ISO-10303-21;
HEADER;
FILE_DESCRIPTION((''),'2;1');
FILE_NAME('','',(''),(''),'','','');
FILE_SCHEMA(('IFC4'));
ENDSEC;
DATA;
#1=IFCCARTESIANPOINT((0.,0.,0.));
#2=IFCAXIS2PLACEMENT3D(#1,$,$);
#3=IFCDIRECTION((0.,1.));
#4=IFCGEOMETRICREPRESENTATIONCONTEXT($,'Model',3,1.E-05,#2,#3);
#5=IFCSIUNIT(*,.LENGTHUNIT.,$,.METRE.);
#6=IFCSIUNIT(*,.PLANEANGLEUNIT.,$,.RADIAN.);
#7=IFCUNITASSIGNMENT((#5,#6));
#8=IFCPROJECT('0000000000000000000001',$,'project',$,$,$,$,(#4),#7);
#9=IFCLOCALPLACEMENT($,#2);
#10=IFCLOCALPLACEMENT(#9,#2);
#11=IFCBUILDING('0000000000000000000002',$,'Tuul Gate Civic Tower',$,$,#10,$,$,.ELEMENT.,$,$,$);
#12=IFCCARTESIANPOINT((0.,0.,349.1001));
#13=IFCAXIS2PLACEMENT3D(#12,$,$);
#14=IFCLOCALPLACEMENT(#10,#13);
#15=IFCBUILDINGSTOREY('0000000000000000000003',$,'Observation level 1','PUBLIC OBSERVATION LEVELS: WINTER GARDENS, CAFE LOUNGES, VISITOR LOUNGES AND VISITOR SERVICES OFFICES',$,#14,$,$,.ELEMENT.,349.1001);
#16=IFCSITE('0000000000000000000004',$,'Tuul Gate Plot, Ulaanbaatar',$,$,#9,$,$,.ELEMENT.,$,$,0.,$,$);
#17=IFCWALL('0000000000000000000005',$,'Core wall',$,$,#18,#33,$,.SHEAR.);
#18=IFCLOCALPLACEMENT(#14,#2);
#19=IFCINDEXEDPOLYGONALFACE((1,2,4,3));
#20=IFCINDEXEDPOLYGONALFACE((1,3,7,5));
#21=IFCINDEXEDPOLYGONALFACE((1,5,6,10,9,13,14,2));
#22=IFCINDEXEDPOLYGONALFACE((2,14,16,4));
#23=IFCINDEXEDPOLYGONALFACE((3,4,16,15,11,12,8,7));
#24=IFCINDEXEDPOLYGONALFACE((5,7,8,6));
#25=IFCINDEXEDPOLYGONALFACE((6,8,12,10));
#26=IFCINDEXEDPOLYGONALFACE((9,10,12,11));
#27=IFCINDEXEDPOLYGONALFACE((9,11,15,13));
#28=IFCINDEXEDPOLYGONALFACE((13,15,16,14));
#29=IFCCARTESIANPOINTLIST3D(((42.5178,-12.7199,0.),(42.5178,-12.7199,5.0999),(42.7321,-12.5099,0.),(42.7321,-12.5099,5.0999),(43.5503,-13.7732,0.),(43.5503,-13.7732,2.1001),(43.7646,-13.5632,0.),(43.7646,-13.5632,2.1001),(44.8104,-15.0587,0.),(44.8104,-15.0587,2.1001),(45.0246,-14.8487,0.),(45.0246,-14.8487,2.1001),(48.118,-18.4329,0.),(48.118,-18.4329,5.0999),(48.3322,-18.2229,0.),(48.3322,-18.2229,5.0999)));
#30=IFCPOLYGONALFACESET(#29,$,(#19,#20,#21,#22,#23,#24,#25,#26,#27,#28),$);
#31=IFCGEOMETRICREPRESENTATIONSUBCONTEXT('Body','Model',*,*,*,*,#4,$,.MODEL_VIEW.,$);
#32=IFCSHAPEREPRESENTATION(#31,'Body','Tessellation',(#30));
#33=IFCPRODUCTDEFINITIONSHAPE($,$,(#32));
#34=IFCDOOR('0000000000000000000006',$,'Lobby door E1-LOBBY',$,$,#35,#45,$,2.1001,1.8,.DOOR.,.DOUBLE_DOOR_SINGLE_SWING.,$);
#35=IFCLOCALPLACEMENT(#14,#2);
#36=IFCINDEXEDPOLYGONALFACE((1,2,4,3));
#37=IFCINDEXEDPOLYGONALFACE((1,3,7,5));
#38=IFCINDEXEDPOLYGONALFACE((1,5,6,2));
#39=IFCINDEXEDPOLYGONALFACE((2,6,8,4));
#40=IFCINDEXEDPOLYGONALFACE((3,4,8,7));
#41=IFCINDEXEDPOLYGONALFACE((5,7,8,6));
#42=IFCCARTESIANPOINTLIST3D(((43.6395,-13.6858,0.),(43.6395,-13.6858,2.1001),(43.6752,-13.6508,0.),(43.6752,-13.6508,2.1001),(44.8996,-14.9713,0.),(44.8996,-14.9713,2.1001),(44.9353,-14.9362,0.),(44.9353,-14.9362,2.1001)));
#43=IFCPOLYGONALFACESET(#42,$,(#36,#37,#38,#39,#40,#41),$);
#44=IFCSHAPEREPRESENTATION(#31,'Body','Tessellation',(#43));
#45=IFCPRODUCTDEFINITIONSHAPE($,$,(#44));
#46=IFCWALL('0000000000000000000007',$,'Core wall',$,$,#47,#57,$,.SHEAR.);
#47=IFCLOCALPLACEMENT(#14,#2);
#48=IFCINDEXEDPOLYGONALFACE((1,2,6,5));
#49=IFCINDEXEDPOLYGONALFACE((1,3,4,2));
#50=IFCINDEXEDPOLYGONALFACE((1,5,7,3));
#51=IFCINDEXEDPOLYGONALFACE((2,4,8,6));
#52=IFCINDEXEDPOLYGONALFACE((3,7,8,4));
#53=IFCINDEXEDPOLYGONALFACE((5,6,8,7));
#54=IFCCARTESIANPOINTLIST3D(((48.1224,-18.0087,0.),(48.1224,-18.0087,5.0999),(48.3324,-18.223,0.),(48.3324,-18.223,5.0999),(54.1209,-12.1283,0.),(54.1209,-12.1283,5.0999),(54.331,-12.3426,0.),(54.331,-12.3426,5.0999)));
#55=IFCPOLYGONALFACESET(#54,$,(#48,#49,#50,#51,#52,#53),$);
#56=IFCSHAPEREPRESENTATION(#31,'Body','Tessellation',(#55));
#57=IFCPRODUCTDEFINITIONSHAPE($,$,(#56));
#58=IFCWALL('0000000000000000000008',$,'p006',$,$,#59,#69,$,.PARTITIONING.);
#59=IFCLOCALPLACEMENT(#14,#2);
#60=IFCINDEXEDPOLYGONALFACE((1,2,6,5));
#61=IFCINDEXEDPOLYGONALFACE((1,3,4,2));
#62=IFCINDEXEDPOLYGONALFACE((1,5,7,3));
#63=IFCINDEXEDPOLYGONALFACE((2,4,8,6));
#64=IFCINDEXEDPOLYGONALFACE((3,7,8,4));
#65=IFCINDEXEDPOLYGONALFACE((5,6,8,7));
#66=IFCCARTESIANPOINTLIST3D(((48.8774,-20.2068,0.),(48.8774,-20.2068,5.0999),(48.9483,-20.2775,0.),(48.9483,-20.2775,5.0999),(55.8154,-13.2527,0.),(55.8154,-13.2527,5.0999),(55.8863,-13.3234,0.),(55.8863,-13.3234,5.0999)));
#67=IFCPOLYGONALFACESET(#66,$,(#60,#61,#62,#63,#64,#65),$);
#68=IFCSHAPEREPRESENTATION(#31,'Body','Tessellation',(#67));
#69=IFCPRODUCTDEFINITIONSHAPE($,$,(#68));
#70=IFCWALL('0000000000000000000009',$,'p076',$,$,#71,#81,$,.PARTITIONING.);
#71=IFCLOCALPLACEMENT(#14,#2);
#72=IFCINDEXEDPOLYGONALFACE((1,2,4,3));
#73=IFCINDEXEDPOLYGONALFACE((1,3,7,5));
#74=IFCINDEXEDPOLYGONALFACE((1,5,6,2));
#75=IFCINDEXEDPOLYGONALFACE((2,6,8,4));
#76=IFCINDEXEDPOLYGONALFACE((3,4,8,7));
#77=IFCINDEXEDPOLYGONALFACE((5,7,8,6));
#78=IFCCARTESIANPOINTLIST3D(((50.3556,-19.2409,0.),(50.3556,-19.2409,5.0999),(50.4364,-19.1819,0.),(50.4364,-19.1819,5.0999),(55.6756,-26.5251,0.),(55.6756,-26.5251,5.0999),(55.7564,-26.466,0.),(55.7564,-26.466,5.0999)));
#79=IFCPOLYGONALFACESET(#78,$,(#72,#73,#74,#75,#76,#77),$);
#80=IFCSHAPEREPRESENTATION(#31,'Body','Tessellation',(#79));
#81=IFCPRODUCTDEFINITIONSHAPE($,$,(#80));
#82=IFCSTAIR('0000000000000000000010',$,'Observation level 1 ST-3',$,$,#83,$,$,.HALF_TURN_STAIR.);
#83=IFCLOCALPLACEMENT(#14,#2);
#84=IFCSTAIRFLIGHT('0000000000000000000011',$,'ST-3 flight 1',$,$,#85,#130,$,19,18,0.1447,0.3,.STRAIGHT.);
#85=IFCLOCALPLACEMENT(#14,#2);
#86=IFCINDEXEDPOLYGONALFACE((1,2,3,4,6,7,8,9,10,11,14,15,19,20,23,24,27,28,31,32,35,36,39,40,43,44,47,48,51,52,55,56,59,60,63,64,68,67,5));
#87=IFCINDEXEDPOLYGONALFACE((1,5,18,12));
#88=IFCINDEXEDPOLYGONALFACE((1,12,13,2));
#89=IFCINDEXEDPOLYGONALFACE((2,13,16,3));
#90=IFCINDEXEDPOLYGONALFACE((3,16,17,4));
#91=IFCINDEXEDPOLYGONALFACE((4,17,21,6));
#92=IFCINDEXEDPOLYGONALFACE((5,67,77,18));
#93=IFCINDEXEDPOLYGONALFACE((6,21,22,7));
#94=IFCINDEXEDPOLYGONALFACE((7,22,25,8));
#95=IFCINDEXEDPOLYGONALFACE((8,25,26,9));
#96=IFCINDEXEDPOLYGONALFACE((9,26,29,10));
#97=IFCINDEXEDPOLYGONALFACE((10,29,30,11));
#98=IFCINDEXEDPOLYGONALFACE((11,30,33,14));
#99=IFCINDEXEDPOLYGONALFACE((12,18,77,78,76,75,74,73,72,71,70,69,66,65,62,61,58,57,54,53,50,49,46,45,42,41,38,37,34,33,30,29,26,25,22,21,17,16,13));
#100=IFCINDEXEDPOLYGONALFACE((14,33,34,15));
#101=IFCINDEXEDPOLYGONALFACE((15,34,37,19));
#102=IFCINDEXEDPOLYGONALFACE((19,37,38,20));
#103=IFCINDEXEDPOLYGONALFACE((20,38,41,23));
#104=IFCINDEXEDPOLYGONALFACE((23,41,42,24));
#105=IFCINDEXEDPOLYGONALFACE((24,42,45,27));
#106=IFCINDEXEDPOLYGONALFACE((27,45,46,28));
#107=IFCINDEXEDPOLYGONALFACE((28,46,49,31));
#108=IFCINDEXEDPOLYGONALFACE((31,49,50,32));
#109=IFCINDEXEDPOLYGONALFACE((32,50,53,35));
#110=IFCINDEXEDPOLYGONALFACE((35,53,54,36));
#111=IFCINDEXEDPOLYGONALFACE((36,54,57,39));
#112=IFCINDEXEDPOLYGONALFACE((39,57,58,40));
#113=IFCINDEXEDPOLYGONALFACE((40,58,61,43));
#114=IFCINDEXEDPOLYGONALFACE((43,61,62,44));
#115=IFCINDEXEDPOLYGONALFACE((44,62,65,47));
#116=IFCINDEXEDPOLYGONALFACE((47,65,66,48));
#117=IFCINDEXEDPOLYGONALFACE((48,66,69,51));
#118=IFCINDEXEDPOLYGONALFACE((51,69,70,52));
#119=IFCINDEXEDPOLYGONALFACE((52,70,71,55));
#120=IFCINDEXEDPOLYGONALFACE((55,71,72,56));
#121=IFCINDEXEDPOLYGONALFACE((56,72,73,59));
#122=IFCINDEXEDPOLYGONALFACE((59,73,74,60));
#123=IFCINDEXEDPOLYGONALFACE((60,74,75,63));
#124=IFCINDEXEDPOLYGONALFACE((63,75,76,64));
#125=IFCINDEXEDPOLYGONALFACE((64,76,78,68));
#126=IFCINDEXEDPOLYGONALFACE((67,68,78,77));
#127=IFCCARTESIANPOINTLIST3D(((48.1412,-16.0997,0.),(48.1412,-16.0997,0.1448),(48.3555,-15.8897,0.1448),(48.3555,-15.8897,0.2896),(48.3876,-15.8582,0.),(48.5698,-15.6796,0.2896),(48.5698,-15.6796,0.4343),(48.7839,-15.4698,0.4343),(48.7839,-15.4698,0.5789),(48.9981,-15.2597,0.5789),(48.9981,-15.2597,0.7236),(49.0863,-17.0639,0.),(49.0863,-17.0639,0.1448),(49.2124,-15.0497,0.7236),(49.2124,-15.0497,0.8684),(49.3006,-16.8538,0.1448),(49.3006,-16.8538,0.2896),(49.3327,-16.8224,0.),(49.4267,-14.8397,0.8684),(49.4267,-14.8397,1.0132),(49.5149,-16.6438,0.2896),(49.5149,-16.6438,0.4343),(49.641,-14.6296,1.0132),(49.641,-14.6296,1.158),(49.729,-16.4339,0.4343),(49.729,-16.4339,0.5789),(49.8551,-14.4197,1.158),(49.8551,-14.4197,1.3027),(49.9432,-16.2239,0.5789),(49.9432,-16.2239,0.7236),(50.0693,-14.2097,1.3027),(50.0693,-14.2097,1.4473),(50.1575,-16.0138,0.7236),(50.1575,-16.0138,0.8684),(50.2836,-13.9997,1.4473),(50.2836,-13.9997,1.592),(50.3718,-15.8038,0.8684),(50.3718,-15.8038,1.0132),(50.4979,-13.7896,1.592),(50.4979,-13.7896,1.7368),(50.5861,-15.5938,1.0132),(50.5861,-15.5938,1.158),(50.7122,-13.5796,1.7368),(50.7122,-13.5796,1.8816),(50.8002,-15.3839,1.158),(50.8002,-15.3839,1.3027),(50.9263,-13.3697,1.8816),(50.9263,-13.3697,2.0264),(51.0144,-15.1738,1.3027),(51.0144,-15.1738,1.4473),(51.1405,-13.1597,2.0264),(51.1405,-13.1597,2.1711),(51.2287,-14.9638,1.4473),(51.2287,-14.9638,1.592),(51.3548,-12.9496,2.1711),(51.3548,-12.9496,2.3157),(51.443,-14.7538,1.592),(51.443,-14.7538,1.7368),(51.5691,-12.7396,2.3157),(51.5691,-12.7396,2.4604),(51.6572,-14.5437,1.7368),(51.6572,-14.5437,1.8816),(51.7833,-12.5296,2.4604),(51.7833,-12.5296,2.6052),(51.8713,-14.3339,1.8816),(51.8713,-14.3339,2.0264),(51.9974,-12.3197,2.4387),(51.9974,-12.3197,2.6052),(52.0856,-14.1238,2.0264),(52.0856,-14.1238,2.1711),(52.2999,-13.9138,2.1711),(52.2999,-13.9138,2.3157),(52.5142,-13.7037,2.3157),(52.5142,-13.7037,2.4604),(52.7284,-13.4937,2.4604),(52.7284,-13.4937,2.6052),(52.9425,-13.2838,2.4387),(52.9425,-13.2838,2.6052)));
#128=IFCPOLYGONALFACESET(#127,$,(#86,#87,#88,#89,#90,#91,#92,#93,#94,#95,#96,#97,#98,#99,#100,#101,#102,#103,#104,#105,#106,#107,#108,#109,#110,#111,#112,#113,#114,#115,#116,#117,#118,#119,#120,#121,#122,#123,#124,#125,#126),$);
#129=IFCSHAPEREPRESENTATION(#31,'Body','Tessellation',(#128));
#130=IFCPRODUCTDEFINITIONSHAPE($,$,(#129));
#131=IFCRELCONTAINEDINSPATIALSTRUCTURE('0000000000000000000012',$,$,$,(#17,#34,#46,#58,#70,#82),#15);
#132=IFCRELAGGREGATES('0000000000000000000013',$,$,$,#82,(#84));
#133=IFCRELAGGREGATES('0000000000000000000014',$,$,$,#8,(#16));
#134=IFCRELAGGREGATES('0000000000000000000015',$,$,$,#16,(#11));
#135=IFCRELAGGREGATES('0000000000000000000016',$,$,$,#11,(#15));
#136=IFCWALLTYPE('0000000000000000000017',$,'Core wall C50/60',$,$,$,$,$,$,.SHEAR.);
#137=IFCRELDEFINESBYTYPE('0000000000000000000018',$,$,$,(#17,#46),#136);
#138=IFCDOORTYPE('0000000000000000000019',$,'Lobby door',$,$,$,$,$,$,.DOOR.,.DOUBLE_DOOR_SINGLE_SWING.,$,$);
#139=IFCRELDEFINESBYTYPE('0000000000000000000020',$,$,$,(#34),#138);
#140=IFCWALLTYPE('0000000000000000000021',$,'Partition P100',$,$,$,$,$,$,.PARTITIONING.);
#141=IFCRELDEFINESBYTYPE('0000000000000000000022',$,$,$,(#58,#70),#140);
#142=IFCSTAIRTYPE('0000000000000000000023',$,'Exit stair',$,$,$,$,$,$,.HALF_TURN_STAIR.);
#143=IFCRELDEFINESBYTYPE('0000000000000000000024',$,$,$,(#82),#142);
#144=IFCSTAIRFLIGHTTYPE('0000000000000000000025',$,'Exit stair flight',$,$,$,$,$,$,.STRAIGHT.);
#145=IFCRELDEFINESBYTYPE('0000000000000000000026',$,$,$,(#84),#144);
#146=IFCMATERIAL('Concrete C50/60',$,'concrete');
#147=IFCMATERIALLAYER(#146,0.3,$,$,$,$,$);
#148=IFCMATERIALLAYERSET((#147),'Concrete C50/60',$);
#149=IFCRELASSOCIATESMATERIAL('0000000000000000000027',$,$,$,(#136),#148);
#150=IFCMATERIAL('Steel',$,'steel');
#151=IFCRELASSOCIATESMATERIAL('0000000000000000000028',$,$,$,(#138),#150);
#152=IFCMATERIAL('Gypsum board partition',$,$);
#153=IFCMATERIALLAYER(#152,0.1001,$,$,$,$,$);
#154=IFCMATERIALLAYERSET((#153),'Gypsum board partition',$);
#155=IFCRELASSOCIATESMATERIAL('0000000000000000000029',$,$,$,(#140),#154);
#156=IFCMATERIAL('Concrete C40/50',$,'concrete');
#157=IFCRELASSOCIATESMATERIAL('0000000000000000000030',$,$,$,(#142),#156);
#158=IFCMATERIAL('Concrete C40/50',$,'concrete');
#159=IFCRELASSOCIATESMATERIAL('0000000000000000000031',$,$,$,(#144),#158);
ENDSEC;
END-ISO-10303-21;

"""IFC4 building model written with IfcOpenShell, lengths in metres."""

from ifc_helpers import new_model, si_unit, direction, frame, frame_2d, origin, place, context, subcontext, project, spatial, polyline, rectangle, outline, extrude, material, layer, layer_set, type_object, element, fill, aggregate, save


model = new_model("IFC4")

# Units and contexts
model_context = context("Model", 3, precision=1e-05, world=origin(), true_north=direction((0.0, 1.0)))
body_context = subcontext(model_context, "Body", "Model", "MODEL_VIEW")
ifc_project = project(units=[si_unit("LENGTHUNIT", "METRE"), si_unit("PLANEANGLEUNIT", "RADIAN")], contexts=[model_context])

# Site, building, storey
site_placement = place(None, origin())
site = spatial("IfcSite", under=ifc_project, at=site_placement, Name="Tuul Gate Plot, Ulaanbaatar", CompositionType="ELEMENT", RefElevation=0.0)
building_placement = place(site_placement, origin())
building = spatial("IfcBuilding", under=site, at=building_placement, Name="Tuul Gate Civic Tower", CompositionType="ELEMENT")
storey_placement = place(building_placement, frame((0.0, 0.0, 349.1001)))
storey = spatial("IfcBuildingStorey", under=building, at=storey_placement, Name="Observation level 1", Description="PUBLIC OBSERVATION LEVELS: WINTER GARDENS, CAFE LOUNGES, VISITOR LOUNGES AND VISITOR SERVICES OFFICES", CompositionType="ELEMENT", Elevation=349.1001)

# Wall, opening, door
ifc_material_1 = material(Name="Concrete C50/60", Category="concrete")
ifc_layer_1 = layer(ifc_material_1, 0.3)
ifc_layer_set_1 = layer_set([ifc_layer_1], Name="Concrete C50/60")
wall_type_1 = type_object("IfcWallType", Name="Core wall C50/60", PredefinedType="SHEAR", material=ifc_layer_set_1)
wall_1_placement = place(storey_placement, frame((48.2251, -18.3279, 0.0), z_axis=(0.0, 0.0, 1.0), x_axis=(-0.700022, 0.714121, 0.0)))
wall_1 = element("IfcWall", 1, at=wall_1_placement, inside=storey, type_object=wall_type_1, Name="Core wall", PredefinedType="SHEAR", context=body_context, shape_type="SweptSolid", body=[
    extrude(rectangle(XDim=8.0, YDim=0.3, at=frame_2d((4.0, 0.0))), origin(), (0.0, 0.0, 1.0), 5.0999),
])
opening_placement = place(wall_1_placement, frame((4.7251, 0.0, 0.0)))
opening = element("IfcOpeningElement", 2, at=opening_placement, cuts=wall_1, PredefinedType="OPENING", context=body_context, shape_type="SweptSolid", body=[
    extrude(rectangle(XDim=1.8, YDim=2.1001, at=frame_2d((0.8999, 1.05))), frame((0.0, 0.1602, 0.0), z_axis=(0.0, -1.0, 0.0), x_axis=(1.0, 0.0, 0.0)), (0.0, 0.0, 1.0), 0.3201),
])
ifc_material_2 = material(Name="Steel", Category="steel")
door_type = type_object("IfcDoorType", Name="Lobby door", OperationType="DOUBLE_DOOR_SINGLE_SWING", PredefinedType="DOOR", material=ifc_material_2)
door_placement = place(opening_placement, frame((1.8, 0.0, 0.0), z_axis=(0.0, 0.0, 1.0), x_axis=(-1.0, 0.0, 0.0)))
door = element("IfcDoor", 3, at=door_placement, inside=storey, type_object=door_type, Name="Lobby door E1-LOBBY", OperationType="DOUBLE_DOOR_SINGLE_SWING", OverallHeight=2.1001, OverallWidth=1.8, PredefinedType="DOOR", context=body_context, shape_type="SweptSolid", body=[
    extrude(rectangle(XDim=1.8, YDim=2.1001, at=frame_2d((0.9001, 1.05))), frame((0.0, 0.0249, 0.0), z_axis=(0.0, -1.0, 0.0), x_axis=(1.0, 0.0, 0.0)), (0.0, 0.0, 1.0), 0.05),
])
fill(opening, door)

# Walls
wall_2_placement = place(storey_placement, frame((48.2273, -18.116, 0.0), z_axis=(0.0, 0.0, 1.0), x_axis=(0.714105, 0.700038, 0.0)))
element("IfcWall", 4, at=wall_2_placement, inside=storey, type_object=wall_type_1, Name="Core wall", PredefinedType="SHEAR", context=body_context, shape_type="SweptSolid", body=[
    extrude(rectangle(XDim=8.4001, YDim=0.3, at=frame_2d((4.2002, 0.0))), origin(), (0.0, 0.0, 1.0), 5.0999),
])
ifc_material_3 = material(Name="Gypsum board partition")
ifc_layer_2 = layer(ifc_material_3, 0.1001)
ifc_layer_set_2 = layer_set([ifc_layer_2], Name="Gypsum board partition")
wall_type_2 = type_object("IfcWallType", Name="Partition P100", PredefinedType="PARTITIONING", material=ifc_layer_set_2)
wall_3_placement = place(storey_placement, frame((48.9128, -20.2422, 0.0), z_axis=(0.0, 0.0, 1.0), x_axis=(0.706286, 0.707926, 0.0)))
element("IfcWall", 5, at=wall_3_placement, inside=storey, type_object=wall_type_2, Name="p006", PredefinedType="PARTITIONING", context=body_context, shape_type="SweptSolid", body=[
    extrude(rectangle(XDim=9.8232, YDim=0.1001, at=frame_2d((4.9116, 0.0))), origin(), (0.0, 0.0, 1.0), 5.0999),
])
wall_4_placement = place(storey_placement, frame((50.396, -19.2114, 0.0), z_axis=(0.0, 0.0, 1.0), x_axis=(0.589801, -0.807549, 0.0)))
element("IfcWall", 6, at=wall_4_placement, inside=storey, type_object=wall_type_2, Name="p076", PredefinedType="PARTITIONING", context=body_context, shape_type="SweptSolid", body=[
    extrude(rectangle(XDim=9.02, YDim=0.1001, at=frame_2d((4.51, 0.0))), origin(), (0.0, 0.0, 1.0), 5.0999),
])

# Stair, stair flight
ifc_material_4 = material(Name="Concrete C40/50", Category="concrete")
stair_type = type_object("IfcStairType", Name="Exit stair", PredefinedType="HALF_TURN_STAIR", material=ifc_material_4)
stair_placement = place(storey_placement, origin())
stair = element("IfcStair", 7, at=stair_placement, inside=storey, type_object=stair_type, Name="Observation level 1 ST-3", PredefinedType="HALF_TURN_STAIR")
ifc_material_5 = material(Name="Concrete C40/50", Category="concrete")
stair_flight_type = type_object("IfcStairFlightType", Name="Exit stair flight", PredefinedType="STRAIGHT", material=ifc_material_5)
stair_flight_placement = place(storey_placement, frame((48.6138, -16.5818, 0.0), z_axis=(0.0, 0.0, 1.0), x_axis=(0.714127, 0.700016, 0.0)))
stair_flight = element("IfcStairFlight", 8, at=stair_flight_placement, type_object=stair_flight_type, Name="ST-3 flight 1", NumberOfRisers=19, NumberOfTreads=18, PredefinedType="STRAIGHT", RiserHeight=0.1447, TreadLength=0.3, context=body_context, shape_type="SweptSolid", body=[
    extrude(outline(polyline([(0.0, 0.0), (0.0, 0.1448), (0.3, 0.1448), (0.3, 0.2896), (0.6001, 0.2896), (0.6001, 0.4343), (0.8999, 0.4343), (0.8999, 0.5789), (1.2, 0.5789), (1.2, 0.7236), (1.5, 0.7236), (1.5, 0.8684), (1.8, 0.8684), (1.8, 1.0132), (2.1001, 1.0132), (2.1001, 1.158), (2.3999, 1.158), (2.3999, 1.3027), (2.7, 1.3027), (2.7, 1.4473), (3.0, 1.4473), (3.0, 1.592), (3.3, 1.592), (3.3, 1.7368), (3.6001, 1.7368), (3.6001, 1.8816), (3.8999, 1.8816), (3.8999, 2.0264), (4.2, 2.0264), (4.2, 2.1711), (4.5, 2.1711), (4.5, 2.3157), (4.8, 2.3157), (4.8, 2.4604), (5.1001, 2.4604), (5.1001, 2.6052), (5.3999, 2.6052), (5.3999, 2.75), (5.3999, 2.4387), (0.345, 0.0), (0.0, 0.0)])), frame((0.0, 0.675, 0.0), z_axis=(0.0, -1.0, 0.0), x_axis=(1.0, 0.0, 0.0)), (0.0, 0.0, 1.0), 1.3501),
])
aggregate(stair, [stair_flight])

save(model, "model.ifc")
